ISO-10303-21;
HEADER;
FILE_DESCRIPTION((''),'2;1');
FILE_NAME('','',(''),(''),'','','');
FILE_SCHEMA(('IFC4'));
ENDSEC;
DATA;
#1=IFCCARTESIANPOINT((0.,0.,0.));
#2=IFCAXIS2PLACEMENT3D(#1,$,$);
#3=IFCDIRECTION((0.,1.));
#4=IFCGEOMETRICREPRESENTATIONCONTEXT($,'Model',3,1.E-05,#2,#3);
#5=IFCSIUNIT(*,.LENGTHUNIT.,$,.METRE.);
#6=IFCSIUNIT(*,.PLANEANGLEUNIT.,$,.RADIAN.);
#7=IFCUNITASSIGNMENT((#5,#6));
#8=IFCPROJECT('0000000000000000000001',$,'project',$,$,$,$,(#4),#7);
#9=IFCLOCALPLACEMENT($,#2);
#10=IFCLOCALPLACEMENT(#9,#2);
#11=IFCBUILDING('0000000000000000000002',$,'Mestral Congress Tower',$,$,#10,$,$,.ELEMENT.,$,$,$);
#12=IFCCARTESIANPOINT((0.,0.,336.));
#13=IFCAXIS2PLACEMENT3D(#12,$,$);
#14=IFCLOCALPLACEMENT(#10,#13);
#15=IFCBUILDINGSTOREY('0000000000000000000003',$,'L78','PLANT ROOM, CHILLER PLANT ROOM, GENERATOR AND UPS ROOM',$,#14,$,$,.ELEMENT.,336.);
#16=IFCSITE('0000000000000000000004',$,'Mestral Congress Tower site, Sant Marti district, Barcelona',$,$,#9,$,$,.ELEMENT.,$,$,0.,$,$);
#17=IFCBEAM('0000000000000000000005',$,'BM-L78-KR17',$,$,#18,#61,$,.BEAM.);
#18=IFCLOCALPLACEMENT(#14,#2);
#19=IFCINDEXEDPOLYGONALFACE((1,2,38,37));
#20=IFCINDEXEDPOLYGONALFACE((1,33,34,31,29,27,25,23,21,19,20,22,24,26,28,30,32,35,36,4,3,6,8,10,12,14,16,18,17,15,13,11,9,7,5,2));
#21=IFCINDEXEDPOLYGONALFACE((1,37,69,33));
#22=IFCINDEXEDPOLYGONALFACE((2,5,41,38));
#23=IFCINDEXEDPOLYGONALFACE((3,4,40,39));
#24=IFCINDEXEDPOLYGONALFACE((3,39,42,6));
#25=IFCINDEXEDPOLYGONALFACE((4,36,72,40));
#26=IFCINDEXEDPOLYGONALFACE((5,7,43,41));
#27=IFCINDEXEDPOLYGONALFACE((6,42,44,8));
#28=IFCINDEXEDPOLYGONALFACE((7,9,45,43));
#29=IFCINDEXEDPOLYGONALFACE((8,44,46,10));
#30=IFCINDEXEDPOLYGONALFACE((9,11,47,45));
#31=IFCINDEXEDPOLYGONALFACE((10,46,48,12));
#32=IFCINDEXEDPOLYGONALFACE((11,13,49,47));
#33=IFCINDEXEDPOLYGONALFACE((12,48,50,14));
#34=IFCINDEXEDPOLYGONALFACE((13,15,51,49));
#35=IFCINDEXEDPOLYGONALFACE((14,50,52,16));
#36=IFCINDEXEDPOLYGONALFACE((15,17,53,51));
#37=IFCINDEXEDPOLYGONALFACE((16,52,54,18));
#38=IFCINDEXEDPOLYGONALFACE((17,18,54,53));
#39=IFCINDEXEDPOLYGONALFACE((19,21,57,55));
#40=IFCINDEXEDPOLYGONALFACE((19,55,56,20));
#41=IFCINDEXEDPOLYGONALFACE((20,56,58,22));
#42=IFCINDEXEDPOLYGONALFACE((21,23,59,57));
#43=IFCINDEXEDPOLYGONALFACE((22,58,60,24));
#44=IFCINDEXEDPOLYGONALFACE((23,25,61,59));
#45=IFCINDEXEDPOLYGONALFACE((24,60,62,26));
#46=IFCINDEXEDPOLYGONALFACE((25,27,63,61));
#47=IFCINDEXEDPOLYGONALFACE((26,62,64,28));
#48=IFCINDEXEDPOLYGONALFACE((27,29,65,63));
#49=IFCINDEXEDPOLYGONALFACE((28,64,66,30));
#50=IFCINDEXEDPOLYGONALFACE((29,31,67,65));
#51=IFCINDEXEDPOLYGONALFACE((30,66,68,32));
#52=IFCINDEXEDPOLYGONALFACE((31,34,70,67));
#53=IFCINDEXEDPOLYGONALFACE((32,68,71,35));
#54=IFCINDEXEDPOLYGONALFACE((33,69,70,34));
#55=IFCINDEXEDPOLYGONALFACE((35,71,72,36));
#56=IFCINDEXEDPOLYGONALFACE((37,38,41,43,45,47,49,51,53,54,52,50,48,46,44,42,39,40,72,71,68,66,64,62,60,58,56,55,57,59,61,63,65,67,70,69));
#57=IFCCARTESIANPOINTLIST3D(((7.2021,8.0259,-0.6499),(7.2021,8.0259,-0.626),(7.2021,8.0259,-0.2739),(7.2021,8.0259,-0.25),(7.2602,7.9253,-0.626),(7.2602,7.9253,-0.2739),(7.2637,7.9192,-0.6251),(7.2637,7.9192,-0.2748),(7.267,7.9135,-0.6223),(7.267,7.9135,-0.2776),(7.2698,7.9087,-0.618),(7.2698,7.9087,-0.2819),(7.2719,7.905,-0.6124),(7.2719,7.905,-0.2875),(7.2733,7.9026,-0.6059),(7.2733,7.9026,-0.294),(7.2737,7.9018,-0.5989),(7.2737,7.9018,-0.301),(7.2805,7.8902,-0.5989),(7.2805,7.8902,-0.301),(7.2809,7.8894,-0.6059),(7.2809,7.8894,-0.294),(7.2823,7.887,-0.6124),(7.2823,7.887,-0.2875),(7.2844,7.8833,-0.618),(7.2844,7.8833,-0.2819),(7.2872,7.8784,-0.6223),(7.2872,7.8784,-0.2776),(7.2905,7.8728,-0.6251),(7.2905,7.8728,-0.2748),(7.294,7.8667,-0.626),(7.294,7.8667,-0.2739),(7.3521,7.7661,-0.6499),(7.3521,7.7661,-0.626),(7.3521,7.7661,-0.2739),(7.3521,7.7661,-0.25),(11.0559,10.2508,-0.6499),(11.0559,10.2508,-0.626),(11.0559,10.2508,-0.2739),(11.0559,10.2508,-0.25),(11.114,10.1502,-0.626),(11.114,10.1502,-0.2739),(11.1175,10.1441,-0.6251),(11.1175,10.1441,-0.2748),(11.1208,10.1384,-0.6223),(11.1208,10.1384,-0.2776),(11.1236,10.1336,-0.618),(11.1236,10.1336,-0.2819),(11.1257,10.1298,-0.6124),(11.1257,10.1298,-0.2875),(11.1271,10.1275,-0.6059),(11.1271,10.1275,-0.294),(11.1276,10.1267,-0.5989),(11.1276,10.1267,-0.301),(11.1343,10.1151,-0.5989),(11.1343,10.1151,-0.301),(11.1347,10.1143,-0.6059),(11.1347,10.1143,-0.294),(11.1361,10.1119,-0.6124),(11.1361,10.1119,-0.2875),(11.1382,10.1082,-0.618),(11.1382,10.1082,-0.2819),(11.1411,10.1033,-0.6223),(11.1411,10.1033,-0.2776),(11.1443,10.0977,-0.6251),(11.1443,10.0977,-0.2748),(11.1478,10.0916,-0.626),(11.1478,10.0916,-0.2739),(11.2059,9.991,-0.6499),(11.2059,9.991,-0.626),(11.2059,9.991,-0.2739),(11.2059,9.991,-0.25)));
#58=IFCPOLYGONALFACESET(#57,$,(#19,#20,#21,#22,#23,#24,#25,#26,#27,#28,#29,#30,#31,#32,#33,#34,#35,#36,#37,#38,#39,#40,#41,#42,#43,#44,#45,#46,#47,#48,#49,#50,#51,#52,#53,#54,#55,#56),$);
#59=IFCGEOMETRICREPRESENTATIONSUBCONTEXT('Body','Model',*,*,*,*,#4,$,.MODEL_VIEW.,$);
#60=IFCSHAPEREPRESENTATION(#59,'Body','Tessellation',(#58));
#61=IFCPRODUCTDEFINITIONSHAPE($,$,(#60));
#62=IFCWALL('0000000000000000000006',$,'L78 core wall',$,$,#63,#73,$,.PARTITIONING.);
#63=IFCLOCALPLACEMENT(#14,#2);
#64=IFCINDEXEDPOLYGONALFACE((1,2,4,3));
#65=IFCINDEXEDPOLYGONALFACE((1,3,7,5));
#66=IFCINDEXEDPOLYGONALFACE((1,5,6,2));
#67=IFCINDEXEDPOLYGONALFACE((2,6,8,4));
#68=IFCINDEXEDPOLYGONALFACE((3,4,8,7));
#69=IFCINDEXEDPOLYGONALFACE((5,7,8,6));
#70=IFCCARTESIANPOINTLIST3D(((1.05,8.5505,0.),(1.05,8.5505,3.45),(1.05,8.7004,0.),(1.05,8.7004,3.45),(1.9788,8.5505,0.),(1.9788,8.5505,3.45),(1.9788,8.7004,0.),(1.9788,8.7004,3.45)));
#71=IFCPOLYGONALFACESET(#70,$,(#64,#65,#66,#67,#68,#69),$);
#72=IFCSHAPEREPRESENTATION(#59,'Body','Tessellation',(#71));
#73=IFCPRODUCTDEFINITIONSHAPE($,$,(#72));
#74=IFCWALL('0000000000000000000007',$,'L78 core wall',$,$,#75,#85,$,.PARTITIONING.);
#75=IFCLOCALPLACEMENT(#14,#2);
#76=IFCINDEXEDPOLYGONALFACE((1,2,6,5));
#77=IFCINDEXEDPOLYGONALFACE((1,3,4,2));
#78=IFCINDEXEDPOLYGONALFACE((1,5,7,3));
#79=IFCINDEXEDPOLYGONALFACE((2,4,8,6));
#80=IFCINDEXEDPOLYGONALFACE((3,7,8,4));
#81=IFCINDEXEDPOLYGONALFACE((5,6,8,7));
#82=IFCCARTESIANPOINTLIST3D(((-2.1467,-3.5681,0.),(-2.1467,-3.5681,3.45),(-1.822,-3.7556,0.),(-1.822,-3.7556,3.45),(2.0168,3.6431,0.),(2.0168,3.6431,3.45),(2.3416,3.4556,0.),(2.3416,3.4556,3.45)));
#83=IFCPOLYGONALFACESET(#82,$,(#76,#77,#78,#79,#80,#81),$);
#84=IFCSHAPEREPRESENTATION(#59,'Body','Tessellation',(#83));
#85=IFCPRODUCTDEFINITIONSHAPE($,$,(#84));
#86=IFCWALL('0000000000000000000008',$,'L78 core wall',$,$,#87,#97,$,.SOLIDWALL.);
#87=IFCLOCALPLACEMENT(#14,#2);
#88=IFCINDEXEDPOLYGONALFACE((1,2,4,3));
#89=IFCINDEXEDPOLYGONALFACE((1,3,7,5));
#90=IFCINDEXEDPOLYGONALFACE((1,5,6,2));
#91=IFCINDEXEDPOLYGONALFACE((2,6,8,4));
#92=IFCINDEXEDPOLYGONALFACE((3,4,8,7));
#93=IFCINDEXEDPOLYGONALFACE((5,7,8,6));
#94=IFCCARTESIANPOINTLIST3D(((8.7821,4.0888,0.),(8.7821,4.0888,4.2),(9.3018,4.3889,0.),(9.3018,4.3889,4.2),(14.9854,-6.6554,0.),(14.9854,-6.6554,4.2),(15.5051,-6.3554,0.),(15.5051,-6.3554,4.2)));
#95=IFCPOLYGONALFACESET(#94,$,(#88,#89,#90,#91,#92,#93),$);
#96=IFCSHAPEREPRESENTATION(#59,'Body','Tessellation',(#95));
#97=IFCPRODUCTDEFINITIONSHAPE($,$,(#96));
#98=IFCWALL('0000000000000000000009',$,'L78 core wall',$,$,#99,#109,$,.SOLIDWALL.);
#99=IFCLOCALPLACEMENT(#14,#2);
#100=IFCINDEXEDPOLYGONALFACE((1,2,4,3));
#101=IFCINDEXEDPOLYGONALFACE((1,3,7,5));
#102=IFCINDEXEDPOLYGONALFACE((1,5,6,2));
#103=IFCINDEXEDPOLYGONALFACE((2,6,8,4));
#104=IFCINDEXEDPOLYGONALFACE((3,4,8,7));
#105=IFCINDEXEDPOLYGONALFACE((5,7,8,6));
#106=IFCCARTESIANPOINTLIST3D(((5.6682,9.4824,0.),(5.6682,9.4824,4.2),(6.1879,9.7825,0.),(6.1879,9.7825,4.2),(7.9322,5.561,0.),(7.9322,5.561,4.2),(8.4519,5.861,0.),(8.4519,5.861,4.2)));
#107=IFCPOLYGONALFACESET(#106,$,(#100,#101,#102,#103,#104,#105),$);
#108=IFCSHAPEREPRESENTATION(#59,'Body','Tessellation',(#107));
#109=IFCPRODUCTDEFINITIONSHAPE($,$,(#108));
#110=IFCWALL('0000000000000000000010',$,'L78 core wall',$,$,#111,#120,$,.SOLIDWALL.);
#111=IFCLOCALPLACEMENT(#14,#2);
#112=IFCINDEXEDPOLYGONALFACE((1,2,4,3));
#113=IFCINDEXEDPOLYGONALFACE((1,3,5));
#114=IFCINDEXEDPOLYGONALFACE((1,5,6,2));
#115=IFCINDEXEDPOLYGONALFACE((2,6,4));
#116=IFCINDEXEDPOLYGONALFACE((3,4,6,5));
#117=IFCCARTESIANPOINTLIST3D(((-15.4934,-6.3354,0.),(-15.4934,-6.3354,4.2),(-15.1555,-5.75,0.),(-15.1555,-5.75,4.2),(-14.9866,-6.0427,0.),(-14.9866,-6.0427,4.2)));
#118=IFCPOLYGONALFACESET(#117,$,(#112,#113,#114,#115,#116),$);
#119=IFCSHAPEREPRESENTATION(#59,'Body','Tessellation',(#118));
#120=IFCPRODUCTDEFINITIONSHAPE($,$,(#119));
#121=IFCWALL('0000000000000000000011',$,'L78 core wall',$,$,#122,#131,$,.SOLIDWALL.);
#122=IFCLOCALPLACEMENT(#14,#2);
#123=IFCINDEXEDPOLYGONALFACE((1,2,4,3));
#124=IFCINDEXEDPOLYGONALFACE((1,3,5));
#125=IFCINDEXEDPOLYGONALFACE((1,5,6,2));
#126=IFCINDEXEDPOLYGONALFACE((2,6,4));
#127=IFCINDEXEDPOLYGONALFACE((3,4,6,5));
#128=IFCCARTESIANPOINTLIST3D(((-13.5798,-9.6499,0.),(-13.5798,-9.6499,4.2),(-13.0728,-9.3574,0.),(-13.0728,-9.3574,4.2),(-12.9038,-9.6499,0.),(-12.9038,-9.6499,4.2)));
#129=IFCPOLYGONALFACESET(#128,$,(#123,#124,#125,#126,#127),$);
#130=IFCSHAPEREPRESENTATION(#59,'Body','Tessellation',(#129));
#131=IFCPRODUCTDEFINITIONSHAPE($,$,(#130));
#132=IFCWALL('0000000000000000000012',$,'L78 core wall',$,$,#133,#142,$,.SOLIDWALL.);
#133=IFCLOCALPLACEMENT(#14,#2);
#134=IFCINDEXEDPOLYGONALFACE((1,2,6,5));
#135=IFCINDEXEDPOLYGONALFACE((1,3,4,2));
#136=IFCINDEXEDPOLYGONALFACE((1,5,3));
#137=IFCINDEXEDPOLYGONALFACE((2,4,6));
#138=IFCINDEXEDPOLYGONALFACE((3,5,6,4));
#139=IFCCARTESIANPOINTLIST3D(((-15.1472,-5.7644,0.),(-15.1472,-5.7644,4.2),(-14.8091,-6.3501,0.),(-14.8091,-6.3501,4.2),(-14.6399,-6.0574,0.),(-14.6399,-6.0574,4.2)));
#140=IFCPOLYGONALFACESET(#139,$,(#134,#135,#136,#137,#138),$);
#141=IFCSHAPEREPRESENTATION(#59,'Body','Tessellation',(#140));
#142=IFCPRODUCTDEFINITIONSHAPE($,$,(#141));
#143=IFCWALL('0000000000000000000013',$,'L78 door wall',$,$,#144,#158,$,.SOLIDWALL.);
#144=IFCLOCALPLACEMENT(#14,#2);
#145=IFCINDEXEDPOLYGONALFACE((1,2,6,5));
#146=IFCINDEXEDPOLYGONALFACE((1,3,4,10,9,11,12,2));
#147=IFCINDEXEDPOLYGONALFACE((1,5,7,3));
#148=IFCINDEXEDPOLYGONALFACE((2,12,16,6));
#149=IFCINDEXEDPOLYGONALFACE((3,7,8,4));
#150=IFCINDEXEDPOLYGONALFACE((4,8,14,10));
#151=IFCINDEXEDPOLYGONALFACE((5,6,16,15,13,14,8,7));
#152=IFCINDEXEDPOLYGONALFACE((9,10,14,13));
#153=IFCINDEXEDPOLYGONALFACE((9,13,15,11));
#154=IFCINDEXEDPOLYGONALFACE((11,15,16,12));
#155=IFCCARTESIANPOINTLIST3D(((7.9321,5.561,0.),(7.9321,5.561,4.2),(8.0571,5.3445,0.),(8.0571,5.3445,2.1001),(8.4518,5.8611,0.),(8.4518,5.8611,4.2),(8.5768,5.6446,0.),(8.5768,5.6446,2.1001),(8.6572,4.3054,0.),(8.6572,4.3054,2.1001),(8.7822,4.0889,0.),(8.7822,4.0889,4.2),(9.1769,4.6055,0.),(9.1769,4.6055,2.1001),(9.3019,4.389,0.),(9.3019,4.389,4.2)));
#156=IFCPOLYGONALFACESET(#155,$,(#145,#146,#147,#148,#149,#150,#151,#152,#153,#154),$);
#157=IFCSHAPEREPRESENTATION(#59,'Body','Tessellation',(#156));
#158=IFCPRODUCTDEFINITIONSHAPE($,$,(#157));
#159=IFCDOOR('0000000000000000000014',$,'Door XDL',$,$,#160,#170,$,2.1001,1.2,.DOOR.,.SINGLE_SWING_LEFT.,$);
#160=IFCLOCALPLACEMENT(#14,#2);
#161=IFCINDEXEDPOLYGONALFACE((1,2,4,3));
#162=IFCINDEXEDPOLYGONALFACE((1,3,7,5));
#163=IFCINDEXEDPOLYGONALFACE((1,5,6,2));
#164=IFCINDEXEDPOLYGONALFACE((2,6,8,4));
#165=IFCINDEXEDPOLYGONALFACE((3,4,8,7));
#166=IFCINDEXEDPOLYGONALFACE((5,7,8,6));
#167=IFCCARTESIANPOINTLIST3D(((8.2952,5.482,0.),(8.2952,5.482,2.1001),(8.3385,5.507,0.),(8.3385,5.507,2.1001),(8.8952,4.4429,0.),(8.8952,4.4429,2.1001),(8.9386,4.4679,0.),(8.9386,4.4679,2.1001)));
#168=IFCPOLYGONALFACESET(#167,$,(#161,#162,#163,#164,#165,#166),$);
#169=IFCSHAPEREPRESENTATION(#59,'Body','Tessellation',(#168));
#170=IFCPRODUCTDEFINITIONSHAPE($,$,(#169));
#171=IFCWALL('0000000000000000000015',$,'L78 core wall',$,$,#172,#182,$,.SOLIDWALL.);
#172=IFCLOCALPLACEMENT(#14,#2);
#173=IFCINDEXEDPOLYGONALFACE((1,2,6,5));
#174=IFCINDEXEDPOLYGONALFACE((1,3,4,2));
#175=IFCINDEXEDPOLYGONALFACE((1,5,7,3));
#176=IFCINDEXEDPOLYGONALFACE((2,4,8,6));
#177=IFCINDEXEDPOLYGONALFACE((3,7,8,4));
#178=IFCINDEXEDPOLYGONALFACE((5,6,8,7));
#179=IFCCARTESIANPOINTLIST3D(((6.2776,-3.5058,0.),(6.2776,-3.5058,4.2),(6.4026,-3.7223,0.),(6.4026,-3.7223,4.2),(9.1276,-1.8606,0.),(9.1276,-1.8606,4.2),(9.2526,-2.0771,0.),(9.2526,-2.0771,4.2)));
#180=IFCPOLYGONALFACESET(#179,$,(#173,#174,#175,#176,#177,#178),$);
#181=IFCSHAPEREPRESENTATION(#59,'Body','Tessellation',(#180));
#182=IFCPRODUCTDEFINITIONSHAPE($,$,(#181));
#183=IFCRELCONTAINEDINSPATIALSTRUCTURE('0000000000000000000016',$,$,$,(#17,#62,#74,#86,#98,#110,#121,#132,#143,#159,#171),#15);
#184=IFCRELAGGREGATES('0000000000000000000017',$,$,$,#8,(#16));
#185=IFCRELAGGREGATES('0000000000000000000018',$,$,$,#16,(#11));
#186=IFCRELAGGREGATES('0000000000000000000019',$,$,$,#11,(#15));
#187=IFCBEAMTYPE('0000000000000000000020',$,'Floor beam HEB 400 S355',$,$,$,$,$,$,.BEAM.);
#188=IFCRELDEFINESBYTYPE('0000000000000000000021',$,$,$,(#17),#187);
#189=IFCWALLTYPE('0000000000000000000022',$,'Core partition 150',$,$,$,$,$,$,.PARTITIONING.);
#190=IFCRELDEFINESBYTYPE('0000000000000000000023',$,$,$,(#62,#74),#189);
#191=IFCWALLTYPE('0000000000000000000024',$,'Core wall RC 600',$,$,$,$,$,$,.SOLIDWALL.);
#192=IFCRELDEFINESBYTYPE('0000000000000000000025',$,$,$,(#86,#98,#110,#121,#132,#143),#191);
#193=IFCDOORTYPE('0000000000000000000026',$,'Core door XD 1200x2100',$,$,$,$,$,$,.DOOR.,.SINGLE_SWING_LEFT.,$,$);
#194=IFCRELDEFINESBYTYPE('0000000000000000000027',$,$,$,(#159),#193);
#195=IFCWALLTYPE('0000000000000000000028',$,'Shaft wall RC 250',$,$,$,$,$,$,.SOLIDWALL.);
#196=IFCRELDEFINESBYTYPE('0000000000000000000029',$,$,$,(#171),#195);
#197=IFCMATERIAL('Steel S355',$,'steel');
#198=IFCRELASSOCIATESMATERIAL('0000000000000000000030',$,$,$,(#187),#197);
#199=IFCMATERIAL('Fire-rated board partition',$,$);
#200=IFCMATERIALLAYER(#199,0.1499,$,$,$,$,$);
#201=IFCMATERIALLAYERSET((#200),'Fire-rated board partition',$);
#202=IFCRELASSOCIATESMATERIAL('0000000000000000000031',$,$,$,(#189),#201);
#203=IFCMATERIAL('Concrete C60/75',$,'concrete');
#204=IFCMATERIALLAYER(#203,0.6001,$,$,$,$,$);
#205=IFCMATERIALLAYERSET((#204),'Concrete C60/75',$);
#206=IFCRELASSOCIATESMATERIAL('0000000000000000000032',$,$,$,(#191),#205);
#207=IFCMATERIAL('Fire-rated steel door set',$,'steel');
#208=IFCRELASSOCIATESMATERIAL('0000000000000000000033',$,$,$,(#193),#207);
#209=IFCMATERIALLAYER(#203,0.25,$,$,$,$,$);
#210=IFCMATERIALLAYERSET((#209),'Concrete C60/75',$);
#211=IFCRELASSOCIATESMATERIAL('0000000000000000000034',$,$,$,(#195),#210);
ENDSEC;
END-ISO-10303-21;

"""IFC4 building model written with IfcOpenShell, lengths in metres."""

from ifc_helpers import new_model, si_unit, direction, frame, frame_2d, origin, origin_2d, place, context, subcontext, project, spatial, polyline, rectangle, i_section, outline, extrude, material, layer, layer_set, material_profile, profile_set, type_object, element, fill, save


model = new_model("IFC4")

# Units and contexts
model_context = context("Model", 3, precision=1e-05, world=origin(), true_north=direction((0.0, 1.0)))
body_context = subcontext(model_context, "Body", "Model", "MODEL_VIEW")
ifc_project = project(units=[si_unit("LENGTHUNIT", "METRE"), si_unit("PLANEANGLEUNIT", "RADIAN")], contexts=[model_context])

# Site, building, storey
site_placement = place(None, origin())
site = spatial("IfcSite", under=ifc_project, at=site_placement, Name="Mestral Congress Tower site, Sant Marti district, Barcelona", CompositionType="ELEMENT", RefElevation=0.0)
building_placement = place(site_placement, origin())
building = spatial("IfcBuilding", under=site, at=building_placement, Name="Mestral Congress Tower", CompositionType="ELEMENT")
storey_placement = place(building_placement, frame((0.0, 0.0, 336.0)))
storey = spatial("IfcBuildingStorey", under=building, at=storey_placement, Name="L78", Description="PLANT ROOM, CHILLER PLANT ROOM, GENERATOR AND UPS ROOM", CompositionType="ELEMENT", Elevation=336.0)

# Beam
ifc_material_1 = material(Name="Steel S355", Category="steel")
ifc_material_profile = material_profile(ifc_material_1, i_section(OverallWidth=0.3, OverallDepth=0.3999, WebThickness=0.0134, FlangeThickness=0.0239, FilletRadius=0.0271, at=origin_2d()), Name="HEB 400")
ifc_profile_set = profile_set([ifc_material_profile], Name="Steel S355")
beam_type = type_object("IfcBeamType", Name="Floor beam HEB 400 S355", PredefinedType="BEAM", material=ifc_profile_set)
beam_placement = place(storey_placement, frame((7.2771, 7.896, -0.45), z_axis=(0.866037, 0.49998, 0.0), x_axis=(-0.49998, 0.866037, 0.0)))
element("IfcBeam", 1, at=beam_placement, inside=storey, type_object=beam_type, Name="BM-L78-KR17", PredefinedType="BEAM", context=body_context, shape_type="SweptSolid", body=[
    extrude(i_section(OverallWidth=0.3, OverallDepth=0.3999, WebThickness=0.0134, FlangeThickness=0.0239, FilletRadius=0.0271, at=origin_2d()), origin(), (0.0, 0.0, 1.0), 4.45),
])

# Walls
ifc_material_2 = material(Name="Fire-rated board partition")
ifc_layer_1 = layer(ifc_material_2, 0.1499)
ifc_layer_set_1 = layer_set([ifc_layer_1], Name="Fire-rated board partition")
wall_type_1 = type_object("IfcWallType", Name="Core partition 150", PredefinedType="PARTITIONING", material=ifc_layer_set_1)
wall_1_placement = place(storey_placement, frame((1.05, 8.6255, 0.0), z_axis=(0.0, 0.0, 1.0), x_axis=(1.0, 0.0, 0.0)))
element("IfcWall", 2, at=wall_1_placement, inside=storey, type_object=wall_type_1, Name="L78 core wall", PredefinedType="PARTITIONING", context=body_context, shape_type="SweptSolid", body=[
    extrude(rectangle(XDim=0.9287, YDim=0.1499, at=frame_2d((0.4644, 0.0))), origin(), (0.0, 0.0, 1.0), 3.45),
])
placement = place(storey_placement, origin())
element("IfcWall", 3, at=placement, inside=storey, type_object=wall_type_1, Name="L78 core wall", PredefinedType="PARTITIONING", context=body_context, shape_type="SweptSolid", body=[
    extrude(outline(polyline([(2.0168, 3.6431), (2.3416, 3.4556), (-1.822, -3.7556), (-2.1467, -3.5681), (2.0168, 3.6431)])), origin(), (0.0, 0.0, 1.0), 3.45),
])
ifc_material_3 = material(Name="Concrete C60/75", Category="concrete")
ifc_layer_2 = layer(ifc_material_3, 0.6001)
ifc_layer_set_2 = layer_set([ifc_layer_2], Name="Concrete C60/75")
wall_type_2 = type_object("IfcWallType", Name="Core wall RC 600", PredefinedType="SOLIDWALL", material=ifc_layer_set_2)
wall_2_placement = place(storey_placement, frame((9.042, 4.2388, 0.0), z_axis=(0.0, 0.0, 1.0), x_axis=(0.500006, -0.866022, 0.0)))
element("IfcWall", 4, at=wall_2_placement, inside=storey, type_object=wall_type_2, Name="L78 core wall", PredefinedType="SOLIDWALL", context=body_context, shape_type="SweptSolid", body=[
    extrude(rectangle(XDim=12.4065, YDim=0.6001, at=frame_2d((6.2031, 0.0))), origin(), (0.0, 0.0, 1.0), 4.2),
])
wall_3_placement = place(storey_placement, frame((5.928, 9.6326, 0.0), z_axis=(0.0, 0.0, 1.0), x_axis=(0.499984, -0.866035, 0.0)))
element("IfcWall", 5, at=wall_3_placement, inside=storey, type_object=wall_type_2, Name="L78 core wall", PredefinedType="SOLIDWALL", context=body_context, shape_type="SweptSolid", body=[
    extrude(rectangle(XDim=4.5281, YDim=0.6001, at=frame_2d((2.2642, 0.0))), origin(), (0.0, 0.0, 1.0), 4.2),
])
element("IfcWall", 6, at=placement, inside=storey, type_object=wall_type_2, Name="L78 core wall", PredefinedType="SOLIDWALL", context=body_context, shape_type="SweptSolid", body=[
    extrude(outline(polyline([(-14.9866, -6.0427), (-15.4934, -6.3354), (-15.1555, -5.75), (-14.9866, -6.0427)])), origin(), (0.0, 0.0, 1.0), 4.2),
])
element("IfcWall", 7, at=placement, inside=storey, type_object=wall_type_2, Name="L78 core wall", PredefinedType="SOLIDWALL", context=body_context, shape_type="SweptSolid", body=[
    extrude(outline(polyline([(-12.9038, -9.6499), (-13.5798, -9.6499), (-13.0728, -9.3574), (-12.9038, -9.6499)])), origin(), (0.0, 0.0, 1.0), 4.2),
])
element("IfcWall", 8, at=placement, inside=storey, type_object=wall_type_2, Name="L78 core wall", PredefinedType="SOLIDWALL", context=body_context, shape_type="SweptSolid", body=[
    extrude(outline(polyline([(-14.8091, -6.3501), (-15.1472, -5.7644), (-14.6399, -6.0574), (-14.8091, -6.3501)])), origin(), (0.0, 0.0, 1.0), 4.2),
])

# Wall, opening, door
wall_4_placement = place(storey_placement, frame((8.1919, 5.7112, 0.0), z_axis=(0.0, 0.0, 1.0), x_axis=(0.500062, -0.865989, 0.0)))
wall_4 = element("IfcWall", 9, at=wall_4_placement, inside=storey, type_object=wall_type_2, Name="L78 door wall", PredefinedType="SOLIDWALL", context=body_context, shape_type="SweptSolid", body=[
    extrude(rectangle(XDim=1.7, YDim=0.6001, at=frame_2d((0.8501, 0.0))), origin(), (0.0, 0.0, 1.0), 4.2),
])
opening_1_placement = place(wall_4_placement, frame((0.25, 0.0, 0.0)))
opening_1 = element("IfcOpeningElement", 10, at=opening_1_placement, cuts=wall_4, PredefinedType="OPENING", context=body_context, shape_type="SweptSolid", body=[
    extrude(rectangle(XDim=1.2, YDim=2.1001, at=frame_2d((0.6001, 1.05))), frame((0.0, 0.3101, 0.0), z_axis=(0.0, -1.0, 0.0), x_axis=(1.0, 0.0, 0.0)), (0.0, 0.0, 1.0), 0.6201),
])
ifc_material_4 = material(Name="Fire-rated steel door set", Category="steel")
door_type_1 = type_object("IfcDoorType", Name="Core door XD 1200x2100", OperationType="SINGLE_SWING_LEFT", PredefinedType="DOOR", material=ifc_material_4)
door_1_placement = place(opening_1_placement, origin())
door_1 = element("IfcDoor", 11, at=door_1_placement, inside=storey, type_object=door_type_1, Name="Door XDL", OperationType="SINGLE_SWING_LEFT", OverallHeight=2.1001, OverallWidth=1.2, PredefinedType="DOOR", context=body_context, shape_type="SweptSolid", body=[
    extrude(rectangle(XDim=1.2, YDim=2.1001, at=frame_2d((0.6001, 1.05))), frame((0.0, 0.0249, 0.0), z_axis=(0.0, -1.0, 0.0), x_axis=(1.0, 0.0, 0.0)), (0.0, 0.0, 1.0), 0.05),
])
fill(opening_1, door_1)

# Wall
ifc_layer_3 = layer(ifc_material_3, 0.25)
ifc_layer_set_3 = layer_set([ifc_layer_3], Name="Concrete C60/75")
wall_type_3 = type_object("IfcWallType", Name="Shaft wall RC 250", PredefinedType="SOLIDWALL", material=ifc_layer_set_3)
wall_5_placement = place(storey_placement, frame((9.1902, -1.9688, 0.0), z_axis=(0.0, 0.0, 1.0), x_axis=(-0.866057, -0.499945, 0.0)))
element("IfcWall", 12, at=wall_5_placement, inside=storey, type_object=wall_type_3, Name="L78 core wall", PredefinedType="SOLIDWALL", context=body_context, shape_type="SweptSolid", body=[
    extrude(rectangle(XDim=3.2908, YDim=0.25, at=frame_2d((1.6455, 0.0))), origin(), (0.0, 0.0, 1.0), 4.2),
])

save(model, "model.ifc")
